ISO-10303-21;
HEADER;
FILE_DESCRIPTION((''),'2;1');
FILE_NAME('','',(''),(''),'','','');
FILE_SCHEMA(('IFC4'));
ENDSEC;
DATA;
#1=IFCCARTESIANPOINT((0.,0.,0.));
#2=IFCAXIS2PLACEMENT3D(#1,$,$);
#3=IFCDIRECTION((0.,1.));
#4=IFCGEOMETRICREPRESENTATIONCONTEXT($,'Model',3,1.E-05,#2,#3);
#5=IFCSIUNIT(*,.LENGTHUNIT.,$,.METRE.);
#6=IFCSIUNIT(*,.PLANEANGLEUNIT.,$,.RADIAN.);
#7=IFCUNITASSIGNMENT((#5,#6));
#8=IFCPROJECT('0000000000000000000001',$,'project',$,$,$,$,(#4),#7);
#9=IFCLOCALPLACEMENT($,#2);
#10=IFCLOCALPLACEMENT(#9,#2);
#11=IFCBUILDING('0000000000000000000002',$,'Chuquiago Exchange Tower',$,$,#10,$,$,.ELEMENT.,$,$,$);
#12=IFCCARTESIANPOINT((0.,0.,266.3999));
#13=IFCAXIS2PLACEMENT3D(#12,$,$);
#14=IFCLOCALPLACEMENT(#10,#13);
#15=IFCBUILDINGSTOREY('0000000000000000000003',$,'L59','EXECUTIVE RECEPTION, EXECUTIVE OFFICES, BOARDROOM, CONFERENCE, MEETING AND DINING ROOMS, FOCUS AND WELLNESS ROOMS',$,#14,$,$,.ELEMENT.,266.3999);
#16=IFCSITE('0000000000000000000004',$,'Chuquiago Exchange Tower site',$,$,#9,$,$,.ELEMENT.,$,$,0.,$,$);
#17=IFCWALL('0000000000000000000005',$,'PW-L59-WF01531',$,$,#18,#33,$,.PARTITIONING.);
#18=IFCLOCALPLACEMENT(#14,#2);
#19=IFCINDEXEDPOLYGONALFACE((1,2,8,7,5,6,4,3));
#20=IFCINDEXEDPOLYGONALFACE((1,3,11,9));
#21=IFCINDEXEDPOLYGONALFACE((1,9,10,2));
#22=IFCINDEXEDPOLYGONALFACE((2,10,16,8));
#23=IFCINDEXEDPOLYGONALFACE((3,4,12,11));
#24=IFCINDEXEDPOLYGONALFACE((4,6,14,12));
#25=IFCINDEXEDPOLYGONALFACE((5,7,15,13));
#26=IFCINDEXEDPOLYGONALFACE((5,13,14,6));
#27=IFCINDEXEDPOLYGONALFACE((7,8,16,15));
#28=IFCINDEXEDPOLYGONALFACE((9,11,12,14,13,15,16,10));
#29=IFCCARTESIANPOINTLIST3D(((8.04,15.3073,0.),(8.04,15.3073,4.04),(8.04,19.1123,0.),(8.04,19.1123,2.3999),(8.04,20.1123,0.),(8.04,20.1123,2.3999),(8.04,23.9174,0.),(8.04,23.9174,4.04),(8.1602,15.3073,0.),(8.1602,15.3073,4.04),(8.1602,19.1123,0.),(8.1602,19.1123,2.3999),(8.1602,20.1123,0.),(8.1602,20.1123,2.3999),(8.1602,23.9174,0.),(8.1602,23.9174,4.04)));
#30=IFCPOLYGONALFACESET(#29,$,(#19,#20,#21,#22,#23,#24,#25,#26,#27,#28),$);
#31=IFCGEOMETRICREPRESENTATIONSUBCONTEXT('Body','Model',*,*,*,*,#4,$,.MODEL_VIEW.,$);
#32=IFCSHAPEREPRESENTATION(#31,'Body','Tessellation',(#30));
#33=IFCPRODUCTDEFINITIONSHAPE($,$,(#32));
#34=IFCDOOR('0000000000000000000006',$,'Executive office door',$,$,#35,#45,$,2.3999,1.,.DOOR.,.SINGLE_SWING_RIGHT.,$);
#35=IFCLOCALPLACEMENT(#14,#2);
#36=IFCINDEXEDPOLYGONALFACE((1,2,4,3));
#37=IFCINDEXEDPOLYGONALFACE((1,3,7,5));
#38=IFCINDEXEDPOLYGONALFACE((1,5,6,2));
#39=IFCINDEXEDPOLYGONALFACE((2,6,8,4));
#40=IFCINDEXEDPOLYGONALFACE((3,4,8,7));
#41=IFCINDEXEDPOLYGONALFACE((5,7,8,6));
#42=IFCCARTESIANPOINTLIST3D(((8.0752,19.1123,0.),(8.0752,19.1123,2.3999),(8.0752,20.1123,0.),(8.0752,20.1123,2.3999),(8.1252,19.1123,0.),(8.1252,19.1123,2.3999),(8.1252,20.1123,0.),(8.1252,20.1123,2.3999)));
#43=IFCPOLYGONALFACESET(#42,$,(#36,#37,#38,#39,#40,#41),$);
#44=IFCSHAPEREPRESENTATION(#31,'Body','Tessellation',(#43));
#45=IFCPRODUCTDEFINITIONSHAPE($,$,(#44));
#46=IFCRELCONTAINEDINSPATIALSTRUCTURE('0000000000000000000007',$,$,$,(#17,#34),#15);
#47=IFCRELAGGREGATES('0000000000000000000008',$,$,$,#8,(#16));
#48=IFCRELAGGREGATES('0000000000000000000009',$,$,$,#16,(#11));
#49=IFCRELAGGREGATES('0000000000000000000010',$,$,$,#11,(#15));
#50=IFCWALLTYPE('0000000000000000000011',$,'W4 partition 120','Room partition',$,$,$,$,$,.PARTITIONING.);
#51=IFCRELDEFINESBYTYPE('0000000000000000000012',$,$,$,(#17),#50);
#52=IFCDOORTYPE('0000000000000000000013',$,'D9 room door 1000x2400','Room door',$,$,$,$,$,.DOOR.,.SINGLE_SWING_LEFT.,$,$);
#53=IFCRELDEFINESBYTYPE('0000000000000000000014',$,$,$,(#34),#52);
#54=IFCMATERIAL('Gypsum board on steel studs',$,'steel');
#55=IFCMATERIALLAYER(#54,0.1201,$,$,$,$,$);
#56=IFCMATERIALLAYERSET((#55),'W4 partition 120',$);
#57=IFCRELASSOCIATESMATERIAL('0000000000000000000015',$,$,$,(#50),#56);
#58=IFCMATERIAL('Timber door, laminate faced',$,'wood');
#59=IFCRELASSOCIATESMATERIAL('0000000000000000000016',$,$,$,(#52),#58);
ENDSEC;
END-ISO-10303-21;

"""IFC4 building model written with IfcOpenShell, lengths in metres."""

from ifc_helpers import new_model, si_unit, direction, frame, frame_2d, origin, place, context, subcontext, project, spatial, rectangle, extrude, material, layer, layer_set, type_object, element, fill, save


model = new_model("IFC4")

# Units and contexts
model_context = context("Model", 3, precision=1e-05, world=origin(), true_north=direction((0.0, 1.0)))
body_context = subcontext(model_context, "Body", "Model", "MODEL_VIEW")
ifc_project = project(units=[si_unit("LENGTHUNIT", "METRE"), si_unit("PLANEANGLEUNIT", "RADIAN")], contexts=[model_context])

# Site, building, storey
site_placement = place(None, origin())
site = spatial("IfcSite", under=ifc_project, at=site_placement, Name="Chuquiago Exchange Tower site", CompositionType="ELEMENT", RefElevation=0.0)
building_placement = place(site_placement, origin())
building = spatial("IfcBuilding", under=site, at=building_placement, Name="Chuquiago Exchange Tower", CompositionType="ELEMENT")
storey_placement = place(building_placement, frame((0.0, 0.0, 266.3999)))
storey = spatial("IfcBuildingStorey", under=building, at=storey_placement, Name="L59", Description="EXECUTIVE RECEPTION, EXECUTIVE OFFICES, BOARDROOM, CONFERENCE, MEETING AND DINING ROOMS, FOCUS AND WELLNESS ROOMS", CompositionType="ELEMENT", Elevation=266.3999)

# Shared definitions
ifc_material_1 = material(Name="Gypsum board on steel studs", Category="steel")
ifc_layer_1 = layer(ifc_material_1, 0.1201)
ifc_layer_set_1 = layer_set([ifc_layer_1], Name="W4 partition 120")
wall_type_1 = type_object("IfcWallType", Name="W4 partition 120", Description="Room partition", PredefinedType="PARTITIONING", material=ifc_layer_set_1)

# Wall, opening, door
wall_1_placement = place(storey_placement, frame((8.1001, 15.3071, 0.0), z_axis=(0.0, 0.0, 1.0), x_axis=(0.0, 1.0, 0.0)))
wall_1 = element("IfcWall", 1, at=wall_1_placement, inside=storey, type_object=wall_type_1, Name="PW-L59-WF01531", PredefinedType="PARTITIONING", context=body_context, shape_type="SweptSolid", body=[
    extrude(rectangle(XDim=8.6101, YDim=0.1201, at=frame_2d((4.3052, 0.0))), origin(), (0.0, 0.0, 1.0), 4.04),
])
opening_1_placement = place(wall_1_placement, frame((3.8052, 0.0, 0.0)))
opening_1 = element("IfcOpeningElement", 2, at=opening_1_placement, cuts=wall_1, PredefinedType="OPENING", context=body_context, shape_type="SweptSolid", body=[
    extrude(rectangle(XDim=1.0, YDim=2.3999, at=frame_2d((0.5, 1.2))), frame((0.0, 0.0701, 0.0), z_axis=(0.0, -1.0, 0.0), x_axis=(1.0, 0.0, 0.0)), (0.0, 0.0, 1.0), 0.1401),
])
ifc_material_2 = material(Name="Timber door, laminate faced", Category="wood")
door_type_1 = type_object("IfcDoorType", Name="D9 room door 1000x2400", Description="Room door", OperationType="SINGLE_SWING_LEFT", PredefinedType="DOOR", material=ifc_material_2)
door_1_placement = place(opening_1_placement, origin())
door_1 = element("IfcDoor", 3, at=door_1_placement, inside=storey, type_object=door_type_1, Name="Executive office door", OperationType="SINGLE_SWING_RIGHT", OverallHeight=2.3999, OverallWidth=1.0, PredefinedType="DOOR", context=body_context, shape_type="SweptSolid", body=[
    extrude(rectangle(XDim=1.0, YDim=2.3999, at=frame_2d((0.5, 1.2))), frame((0.0, 0.0249, 0.0), z_axis=(0.0, -1.0, 0.0), x_axis=(1.0, 0.0, 0.0)), (0.0, 0.0, 1.0), 0.05),
])
fill(opening_1, door_1)

save(model, "model.ifc")
